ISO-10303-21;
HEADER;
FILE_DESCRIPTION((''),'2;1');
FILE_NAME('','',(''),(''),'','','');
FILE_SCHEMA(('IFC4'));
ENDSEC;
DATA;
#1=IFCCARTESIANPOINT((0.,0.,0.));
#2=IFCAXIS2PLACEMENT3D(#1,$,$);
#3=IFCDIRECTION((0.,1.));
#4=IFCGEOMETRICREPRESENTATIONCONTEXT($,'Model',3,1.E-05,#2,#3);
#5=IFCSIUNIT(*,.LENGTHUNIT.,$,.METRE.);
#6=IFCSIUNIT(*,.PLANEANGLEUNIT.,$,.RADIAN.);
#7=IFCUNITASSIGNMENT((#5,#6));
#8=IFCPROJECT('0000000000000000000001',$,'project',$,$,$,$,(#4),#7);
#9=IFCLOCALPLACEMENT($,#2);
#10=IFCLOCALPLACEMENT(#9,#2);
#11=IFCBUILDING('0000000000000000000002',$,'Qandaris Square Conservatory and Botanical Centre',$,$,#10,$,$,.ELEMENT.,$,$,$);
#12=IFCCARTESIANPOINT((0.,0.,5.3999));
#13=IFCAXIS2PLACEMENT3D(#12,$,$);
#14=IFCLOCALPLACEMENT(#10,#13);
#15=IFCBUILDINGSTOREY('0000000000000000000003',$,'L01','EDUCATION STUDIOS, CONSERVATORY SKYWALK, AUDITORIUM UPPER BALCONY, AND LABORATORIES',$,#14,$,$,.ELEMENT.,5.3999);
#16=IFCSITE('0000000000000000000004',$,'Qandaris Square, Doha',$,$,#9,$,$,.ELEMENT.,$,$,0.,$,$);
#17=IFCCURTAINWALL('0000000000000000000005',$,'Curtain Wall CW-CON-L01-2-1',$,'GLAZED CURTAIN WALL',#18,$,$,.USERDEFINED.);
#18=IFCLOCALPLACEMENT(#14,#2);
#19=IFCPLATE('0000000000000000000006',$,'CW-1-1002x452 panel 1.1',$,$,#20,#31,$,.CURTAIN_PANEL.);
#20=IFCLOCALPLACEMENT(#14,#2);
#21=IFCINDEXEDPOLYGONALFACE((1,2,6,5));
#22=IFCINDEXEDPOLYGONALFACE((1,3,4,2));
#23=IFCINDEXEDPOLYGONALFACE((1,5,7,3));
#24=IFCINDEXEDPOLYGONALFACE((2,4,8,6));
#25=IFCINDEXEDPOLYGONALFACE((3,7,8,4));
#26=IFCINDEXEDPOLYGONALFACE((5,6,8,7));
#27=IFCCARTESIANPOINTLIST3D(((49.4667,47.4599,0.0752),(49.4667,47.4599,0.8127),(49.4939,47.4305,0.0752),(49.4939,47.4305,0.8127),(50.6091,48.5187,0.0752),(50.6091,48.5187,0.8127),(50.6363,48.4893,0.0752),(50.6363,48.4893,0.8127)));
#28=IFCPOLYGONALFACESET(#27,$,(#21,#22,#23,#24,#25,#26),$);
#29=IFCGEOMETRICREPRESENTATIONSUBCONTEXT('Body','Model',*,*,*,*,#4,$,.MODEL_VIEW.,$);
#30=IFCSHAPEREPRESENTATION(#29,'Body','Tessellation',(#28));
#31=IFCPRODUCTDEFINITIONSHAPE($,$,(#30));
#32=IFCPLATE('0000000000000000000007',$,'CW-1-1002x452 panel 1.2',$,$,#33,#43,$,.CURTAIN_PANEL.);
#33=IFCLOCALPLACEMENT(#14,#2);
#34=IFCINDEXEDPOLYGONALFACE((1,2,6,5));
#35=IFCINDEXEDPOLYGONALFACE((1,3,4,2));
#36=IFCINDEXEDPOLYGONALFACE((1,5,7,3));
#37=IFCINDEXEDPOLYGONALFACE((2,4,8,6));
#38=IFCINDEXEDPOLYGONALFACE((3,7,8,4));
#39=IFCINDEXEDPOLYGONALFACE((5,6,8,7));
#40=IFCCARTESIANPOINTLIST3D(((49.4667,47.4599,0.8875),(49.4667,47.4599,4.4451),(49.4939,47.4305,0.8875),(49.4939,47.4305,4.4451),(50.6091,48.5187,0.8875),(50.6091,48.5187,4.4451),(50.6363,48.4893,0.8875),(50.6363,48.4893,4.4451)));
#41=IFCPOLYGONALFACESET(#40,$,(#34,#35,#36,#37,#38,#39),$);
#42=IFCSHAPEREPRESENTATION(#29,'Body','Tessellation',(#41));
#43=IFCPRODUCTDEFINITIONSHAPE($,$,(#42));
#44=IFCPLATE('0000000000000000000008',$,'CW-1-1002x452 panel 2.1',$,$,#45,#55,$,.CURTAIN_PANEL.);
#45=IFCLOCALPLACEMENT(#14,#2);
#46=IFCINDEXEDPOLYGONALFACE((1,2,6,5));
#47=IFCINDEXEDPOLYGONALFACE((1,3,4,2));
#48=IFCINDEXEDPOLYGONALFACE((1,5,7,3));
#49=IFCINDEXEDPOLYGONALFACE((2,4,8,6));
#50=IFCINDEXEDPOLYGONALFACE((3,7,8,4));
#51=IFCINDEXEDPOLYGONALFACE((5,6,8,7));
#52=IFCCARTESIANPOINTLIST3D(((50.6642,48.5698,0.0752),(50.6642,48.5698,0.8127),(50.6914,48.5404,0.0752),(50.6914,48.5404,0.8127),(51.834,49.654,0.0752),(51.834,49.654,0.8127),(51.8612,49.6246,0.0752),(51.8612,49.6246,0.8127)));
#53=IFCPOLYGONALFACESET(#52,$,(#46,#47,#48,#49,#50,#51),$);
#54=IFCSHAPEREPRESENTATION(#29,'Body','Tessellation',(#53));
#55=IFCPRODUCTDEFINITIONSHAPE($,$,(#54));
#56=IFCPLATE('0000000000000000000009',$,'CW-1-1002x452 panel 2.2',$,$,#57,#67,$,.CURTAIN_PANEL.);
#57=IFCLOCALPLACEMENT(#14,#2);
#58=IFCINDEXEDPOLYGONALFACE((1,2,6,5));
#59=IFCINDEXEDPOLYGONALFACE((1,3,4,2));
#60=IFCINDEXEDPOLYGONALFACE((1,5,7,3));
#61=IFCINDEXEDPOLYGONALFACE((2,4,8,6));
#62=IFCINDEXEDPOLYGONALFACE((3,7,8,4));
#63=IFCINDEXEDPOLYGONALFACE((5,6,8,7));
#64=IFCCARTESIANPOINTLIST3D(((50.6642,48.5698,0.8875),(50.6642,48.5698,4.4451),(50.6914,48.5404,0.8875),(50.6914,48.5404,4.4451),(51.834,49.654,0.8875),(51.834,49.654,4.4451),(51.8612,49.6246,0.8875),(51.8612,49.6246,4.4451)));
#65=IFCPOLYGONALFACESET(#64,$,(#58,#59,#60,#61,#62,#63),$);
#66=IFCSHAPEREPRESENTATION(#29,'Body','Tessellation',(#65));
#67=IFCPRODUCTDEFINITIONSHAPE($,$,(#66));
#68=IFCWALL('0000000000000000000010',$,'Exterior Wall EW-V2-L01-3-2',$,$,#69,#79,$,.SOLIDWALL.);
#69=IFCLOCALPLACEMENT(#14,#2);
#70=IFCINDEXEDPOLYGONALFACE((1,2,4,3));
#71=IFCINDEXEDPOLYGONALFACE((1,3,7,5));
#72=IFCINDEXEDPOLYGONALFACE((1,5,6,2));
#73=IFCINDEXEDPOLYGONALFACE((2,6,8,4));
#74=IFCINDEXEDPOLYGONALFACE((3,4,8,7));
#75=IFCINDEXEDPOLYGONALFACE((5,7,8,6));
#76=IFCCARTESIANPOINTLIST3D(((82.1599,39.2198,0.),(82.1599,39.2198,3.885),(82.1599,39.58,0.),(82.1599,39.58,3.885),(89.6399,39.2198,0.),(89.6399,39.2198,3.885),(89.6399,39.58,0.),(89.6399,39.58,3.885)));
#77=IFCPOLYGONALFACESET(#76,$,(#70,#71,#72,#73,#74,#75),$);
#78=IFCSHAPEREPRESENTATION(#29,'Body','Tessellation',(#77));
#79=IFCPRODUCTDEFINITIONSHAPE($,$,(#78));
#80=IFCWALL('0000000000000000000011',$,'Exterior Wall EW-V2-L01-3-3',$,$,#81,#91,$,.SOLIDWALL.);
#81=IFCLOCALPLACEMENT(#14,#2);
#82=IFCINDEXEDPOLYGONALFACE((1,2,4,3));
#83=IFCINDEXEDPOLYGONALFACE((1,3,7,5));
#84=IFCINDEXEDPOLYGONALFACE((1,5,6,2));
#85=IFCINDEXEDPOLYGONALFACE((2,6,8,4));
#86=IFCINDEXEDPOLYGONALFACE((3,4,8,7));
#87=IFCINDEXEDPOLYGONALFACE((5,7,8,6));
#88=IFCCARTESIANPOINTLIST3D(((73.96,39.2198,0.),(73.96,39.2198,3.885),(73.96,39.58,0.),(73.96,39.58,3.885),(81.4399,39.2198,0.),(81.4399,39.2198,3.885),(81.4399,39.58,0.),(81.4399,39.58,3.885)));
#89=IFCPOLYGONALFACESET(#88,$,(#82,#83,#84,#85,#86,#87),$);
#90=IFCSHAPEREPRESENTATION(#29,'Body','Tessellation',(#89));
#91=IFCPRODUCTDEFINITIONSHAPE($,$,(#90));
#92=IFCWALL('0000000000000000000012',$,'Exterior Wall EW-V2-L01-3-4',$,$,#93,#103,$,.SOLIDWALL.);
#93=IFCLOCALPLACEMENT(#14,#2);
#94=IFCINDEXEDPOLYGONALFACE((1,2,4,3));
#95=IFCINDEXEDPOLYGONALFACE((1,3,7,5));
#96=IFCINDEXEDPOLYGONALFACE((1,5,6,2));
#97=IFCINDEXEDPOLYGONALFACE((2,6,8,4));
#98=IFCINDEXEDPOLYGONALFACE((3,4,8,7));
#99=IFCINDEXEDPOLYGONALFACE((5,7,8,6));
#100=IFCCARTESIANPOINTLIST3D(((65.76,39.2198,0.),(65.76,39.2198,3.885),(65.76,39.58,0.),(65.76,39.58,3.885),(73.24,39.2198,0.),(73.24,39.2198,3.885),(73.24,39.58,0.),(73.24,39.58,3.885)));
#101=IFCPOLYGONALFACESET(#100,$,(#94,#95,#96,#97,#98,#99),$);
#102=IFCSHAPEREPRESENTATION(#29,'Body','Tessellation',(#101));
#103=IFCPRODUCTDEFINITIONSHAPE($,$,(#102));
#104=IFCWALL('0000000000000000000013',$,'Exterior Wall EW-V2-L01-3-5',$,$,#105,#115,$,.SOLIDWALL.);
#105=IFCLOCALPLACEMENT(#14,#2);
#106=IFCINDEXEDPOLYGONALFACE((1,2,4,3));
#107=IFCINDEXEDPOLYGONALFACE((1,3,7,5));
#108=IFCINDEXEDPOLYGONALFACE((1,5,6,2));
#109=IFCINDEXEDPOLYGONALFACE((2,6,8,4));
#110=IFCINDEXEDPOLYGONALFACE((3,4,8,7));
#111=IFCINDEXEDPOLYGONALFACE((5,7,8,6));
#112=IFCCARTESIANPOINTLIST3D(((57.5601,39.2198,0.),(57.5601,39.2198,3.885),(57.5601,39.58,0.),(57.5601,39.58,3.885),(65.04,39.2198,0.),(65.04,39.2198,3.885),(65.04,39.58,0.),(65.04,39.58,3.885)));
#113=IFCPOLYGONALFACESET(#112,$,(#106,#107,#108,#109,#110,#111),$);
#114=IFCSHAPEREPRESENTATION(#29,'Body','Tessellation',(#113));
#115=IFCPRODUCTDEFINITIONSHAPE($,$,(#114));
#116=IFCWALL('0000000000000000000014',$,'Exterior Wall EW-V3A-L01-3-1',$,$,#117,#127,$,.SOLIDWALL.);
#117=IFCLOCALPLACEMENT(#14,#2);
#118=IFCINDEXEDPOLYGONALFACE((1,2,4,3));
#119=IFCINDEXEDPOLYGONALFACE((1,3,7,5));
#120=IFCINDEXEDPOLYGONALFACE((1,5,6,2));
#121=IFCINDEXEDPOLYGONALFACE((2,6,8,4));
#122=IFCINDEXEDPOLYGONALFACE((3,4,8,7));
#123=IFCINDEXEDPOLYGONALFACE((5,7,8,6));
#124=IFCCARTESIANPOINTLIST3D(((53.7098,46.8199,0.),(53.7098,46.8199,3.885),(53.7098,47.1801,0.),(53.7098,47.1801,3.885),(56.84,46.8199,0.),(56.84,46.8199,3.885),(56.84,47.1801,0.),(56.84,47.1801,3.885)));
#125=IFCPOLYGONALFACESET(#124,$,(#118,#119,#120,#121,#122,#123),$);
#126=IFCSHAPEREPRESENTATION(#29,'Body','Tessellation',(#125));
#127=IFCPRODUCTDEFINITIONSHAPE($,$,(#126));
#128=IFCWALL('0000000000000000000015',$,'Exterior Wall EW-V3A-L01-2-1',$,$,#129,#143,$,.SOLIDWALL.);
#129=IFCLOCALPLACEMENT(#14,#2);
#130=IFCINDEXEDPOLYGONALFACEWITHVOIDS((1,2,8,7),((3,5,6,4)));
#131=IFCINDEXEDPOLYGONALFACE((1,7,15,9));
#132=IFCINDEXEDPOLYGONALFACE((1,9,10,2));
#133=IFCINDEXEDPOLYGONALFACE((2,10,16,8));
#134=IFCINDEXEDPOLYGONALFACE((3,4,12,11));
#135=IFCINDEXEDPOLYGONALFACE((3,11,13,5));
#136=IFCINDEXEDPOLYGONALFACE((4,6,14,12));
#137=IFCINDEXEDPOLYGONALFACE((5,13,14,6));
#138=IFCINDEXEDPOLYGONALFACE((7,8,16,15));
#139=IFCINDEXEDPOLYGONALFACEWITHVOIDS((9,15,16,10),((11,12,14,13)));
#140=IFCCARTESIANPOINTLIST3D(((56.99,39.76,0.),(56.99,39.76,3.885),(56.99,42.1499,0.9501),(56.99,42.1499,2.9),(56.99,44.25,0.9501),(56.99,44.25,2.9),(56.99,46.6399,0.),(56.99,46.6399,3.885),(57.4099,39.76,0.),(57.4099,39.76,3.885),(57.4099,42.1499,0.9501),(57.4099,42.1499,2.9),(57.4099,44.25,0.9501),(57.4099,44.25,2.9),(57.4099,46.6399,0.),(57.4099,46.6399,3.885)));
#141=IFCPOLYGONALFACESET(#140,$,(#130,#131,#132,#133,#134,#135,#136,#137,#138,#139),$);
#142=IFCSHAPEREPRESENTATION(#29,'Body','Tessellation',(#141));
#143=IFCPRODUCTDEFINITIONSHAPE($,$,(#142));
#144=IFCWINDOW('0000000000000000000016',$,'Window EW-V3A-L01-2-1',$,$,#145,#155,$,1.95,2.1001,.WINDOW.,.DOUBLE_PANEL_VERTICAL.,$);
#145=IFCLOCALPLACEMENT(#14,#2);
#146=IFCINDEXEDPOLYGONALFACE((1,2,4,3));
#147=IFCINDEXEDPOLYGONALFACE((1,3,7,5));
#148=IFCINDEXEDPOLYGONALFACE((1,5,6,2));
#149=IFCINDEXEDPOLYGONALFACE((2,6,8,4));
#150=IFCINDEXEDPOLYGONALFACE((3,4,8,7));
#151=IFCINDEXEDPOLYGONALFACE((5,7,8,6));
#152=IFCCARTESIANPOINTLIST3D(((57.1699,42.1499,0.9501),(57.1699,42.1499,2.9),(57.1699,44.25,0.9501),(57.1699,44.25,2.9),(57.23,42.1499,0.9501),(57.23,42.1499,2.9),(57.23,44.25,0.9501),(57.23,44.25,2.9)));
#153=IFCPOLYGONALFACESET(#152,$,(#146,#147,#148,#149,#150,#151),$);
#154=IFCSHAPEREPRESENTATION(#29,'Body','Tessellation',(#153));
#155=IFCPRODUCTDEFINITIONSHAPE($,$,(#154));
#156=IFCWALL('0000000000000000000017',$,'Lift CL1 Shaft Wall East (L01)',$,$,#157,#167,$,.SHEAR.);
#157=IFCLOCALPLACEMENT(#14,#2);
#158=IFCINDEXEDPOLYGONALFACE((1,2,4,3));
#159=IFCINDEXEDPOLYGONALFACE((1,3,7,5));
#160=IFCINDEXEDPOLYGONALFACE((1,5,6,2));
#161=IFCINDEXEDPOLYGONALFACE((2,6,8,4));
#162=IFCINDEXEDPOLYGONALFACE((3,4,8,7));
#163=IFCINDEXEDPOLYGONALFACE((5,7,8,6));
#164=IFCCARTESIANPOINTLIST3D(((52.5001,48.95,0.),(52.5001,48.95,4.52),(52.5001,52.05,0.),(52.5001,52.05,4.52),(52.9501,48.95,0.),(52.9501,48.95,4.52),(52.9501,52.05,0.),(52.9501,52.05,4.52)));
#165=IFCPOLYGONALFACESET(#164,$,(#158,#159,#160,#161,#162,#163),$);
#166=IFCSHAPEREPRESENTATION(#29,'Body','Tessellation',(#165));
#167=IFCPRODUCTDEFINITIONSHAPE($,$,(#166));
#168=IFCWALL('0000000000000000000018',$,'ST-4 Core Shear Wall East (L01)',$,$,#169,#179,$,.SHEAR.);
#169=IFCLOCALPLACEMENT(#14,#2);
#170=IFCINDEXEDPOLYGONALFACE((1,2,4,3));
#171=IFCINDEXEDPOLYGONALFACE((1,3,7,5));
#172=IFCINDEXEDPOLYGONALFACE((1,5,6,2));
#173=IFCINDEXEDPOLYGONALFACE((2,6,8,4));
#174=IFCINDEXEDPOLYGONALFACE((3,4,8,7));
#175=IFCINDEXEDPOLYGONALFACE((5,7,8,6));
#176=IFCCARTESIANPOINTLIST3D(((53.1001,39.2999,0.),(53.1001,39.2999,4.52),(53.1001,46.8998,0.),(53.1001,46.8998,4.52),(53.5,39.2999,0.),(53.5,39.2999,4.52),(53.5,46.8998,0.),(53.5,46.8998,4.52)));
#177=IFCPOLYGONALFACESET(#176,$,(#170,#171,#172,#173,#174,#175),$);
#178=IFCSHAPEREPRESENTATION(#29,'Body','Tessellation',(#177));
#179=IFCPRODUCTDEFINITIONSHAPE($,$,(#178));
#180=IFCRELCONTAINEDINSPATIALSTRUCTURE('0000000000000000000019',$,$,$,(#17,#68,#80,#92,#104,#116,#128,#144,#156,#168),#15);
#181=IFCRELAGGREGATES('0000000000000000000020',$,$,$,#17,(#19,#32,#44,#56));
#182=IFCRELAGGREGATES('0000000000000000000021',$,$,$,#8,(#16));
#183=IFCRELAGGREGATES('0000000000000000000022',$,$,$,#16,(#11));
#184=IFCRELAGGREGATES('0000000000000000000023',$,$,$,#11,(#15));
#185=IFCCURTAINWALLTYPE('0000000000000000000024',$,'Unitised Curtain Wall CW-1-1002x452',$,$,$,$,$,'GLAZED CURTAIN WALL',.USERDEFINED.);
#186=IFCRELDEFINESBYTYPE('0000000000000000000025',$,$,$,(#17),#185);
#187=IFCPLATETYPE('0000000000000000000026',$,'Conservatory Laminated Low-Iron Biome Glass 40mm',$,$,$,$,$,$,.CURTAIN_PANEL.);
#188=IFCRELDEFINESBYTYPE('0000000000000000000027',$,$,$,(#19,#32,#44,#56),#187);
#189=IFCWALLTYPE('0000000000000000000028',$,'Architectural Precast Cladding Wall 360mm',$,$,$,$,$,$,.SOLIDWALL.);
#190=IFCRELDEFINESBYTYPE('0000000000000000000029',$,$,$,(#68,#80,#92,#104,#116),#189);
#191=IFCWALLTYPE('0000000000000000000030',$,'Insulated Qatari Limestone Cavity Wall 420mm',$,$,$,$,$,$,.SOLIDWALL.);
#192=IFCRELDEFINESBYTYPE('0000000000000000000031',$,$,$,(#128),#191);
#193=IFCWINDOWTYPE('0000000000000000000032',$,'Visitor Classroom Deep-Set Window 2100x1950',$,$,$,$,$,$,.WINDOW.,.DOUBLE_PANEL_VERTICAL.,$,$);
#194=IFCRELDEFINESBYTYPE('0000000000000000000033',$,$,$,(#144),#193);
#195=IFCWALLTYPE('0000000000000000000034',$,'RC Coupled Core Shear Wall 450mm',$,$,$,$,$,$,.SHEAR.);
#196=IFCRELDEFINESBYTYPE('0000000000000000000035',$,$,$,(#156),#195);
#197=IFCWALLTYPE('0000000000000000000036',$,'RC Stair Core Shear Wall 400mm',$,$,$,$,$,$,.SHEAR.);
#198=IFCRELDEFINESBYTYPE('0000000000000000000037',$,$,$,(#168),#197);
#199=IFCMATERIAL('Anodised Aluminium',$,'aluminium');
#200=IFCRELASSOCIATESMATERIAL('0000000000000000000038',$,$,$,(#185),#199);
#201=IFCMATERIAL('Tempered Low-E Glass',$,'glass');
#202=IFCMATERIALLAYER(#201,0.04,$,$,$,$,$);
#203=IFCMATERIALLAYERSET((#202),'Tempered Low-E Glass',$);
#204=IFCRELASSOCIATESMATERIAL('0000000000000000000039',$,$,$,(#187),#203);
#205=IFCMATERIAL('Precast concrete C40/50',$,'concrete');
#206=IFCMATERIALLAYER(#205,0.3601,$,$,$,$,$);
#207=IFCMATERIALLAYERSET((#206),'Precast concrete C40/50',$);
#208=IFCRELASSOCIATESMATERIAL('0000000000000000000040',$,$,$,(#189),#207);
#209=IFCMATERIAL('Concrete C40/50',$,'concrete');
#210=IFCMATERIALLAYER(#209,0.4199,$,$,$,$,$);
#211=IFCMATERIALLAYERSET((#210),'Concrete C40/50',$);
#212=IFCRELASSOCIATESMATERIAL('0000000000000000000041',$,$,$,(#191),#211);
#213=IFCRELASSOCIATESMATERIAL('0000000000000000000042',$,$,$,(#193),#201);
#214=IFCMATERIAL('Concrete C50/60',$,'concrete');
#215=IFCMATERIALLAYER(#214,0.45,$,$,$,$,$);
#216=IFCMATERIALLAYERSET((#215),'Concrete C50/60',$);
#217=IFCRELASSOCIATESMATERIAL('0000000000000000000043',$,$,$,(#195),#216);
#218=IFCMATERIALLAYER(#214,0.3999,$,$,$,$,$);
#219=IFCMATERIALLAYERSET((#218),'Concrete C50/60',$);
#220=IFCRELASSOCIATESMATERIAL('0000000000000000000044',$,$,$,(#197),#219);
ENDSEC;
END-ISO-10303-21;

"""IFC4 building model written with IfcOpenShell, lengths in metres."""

from ifc_helpers import new_model, si_unit, direction, frame, frame_2d, origin, origin_2d, place, context, subcontext, project, spatial, rectangle, extrude, material, layer, layer_set, type_object, element, fill, aggregate, save


model = new_model("IFC4")

# Units and contexts
model_context = context("Model", 3, precision=1e-05, world=origin(), true_north=direction((0.0, 1.0)))
body_context = subcontext(model_context, "Body", "Model", "MODEL_VIEW")
ifc_project = project(units=[si_unit("LENGTHUNIT", "METRE"), si_unit("PLANEANGLEUNIT", "RADIAN")], contexts=[model_context])

# Site, building, storey
site_placement = place(None, origin())
site = spatial("IfcSite", under=ifc_project, at=site_placement, Name="Qandaris Square, Doha", CompositionType="ELEMENT", RefElevation=0.0)
building_placement = place(site_placement, origin())
building = spatial("IfcBuilding", under=site, at=building_placement, Name="Qandaris Square Conservatory and Botanical Centre", CompositionType="ELEMENT")
storey_placement = place(building_placement, frame((0.0, 0.0, 5.3999)))
storey = spatial("IfcBuildingStorey", under=building, at=storey_placement, Name="L01", Description="EDUCATION STUDIOS, CONSERVATORY SKYWALK, AUDITORIUM UPPER BALCONY, AND LABORATORIES", CompositionType="ELEMENT", Elevation=5.3999)

# Shared definitions
ifc_material_1 = material(Name="Concrete C40/50", Category="concrete")

# Curtain wall
ifc_material_2 = material(Name="Anodised Aluminium", Category="aluminium")
curtain_wall_type = type_object("IfcCurtainWallType", Name="Unitised Curtain Wall CW-1-1002x452", ElementType="GLAZED CURTAIN WALL", PredefinedType="USERDEFINED", material=ifc_material_2)
curtain_wall_placement = place(storey_placement, origin())
curtain_wall = element("IfcCurtainWall", 1, at=curtain_wall_placement, inside=storey, type_object=curtain_wall_type, Name="Curtain Wall CW-CON-L01-2-1", ObjectType="GLAZED CURTAIN WALL", PredefinedType="USERDEFINED")

# Shared definitions
ifc_material_3 = material(Name="Concrete C50/60", Category="concrete")

# Plates
ifc_material_4 = material(Name="Tempered Low-E Glass", Category="glass")
ifc_layer_1 = layer(ifc_material_4, 0.04)
ifc_layer_set_1 = layer_set([ifc_layer_1], Name="Tempered Low-E Glass")
plate_type = type_object("IfcPlateType", Name="Conservatory Laminated Low-Iron Biome Glass 40mm", PredefinedType="CURTAIN_PANEL", material=ifc_layer_set_1)
plate_1_placement = place(storey_placement, frame((50.0515, 47.9746, 0.0752), z_axis=(0.0, 0.0, 1.0), x_axis=(0.733433, 0.679762, 0.0)))
plate_1 = element("IfcPlate", 2, at=plate_1_placement, type_object=plate_type, Name="CW-1-1002x452 panel 1.1", PredefinedType="CURTAIN_PANEL", context=body_context, shape_type="SweptSolid", body=[
    extrude(rectangle(XDim=1.5576, YDim=0.04, at=origin_2d()), origin(), (0.0, 0.0, 1.0), 0.7375),
])
plate_2_placement = place(storey_placement, frame((50.0515, 47.9746, 0.8875), z_axis=(0.0, 0.0, 1.0), x_axis=(0.733433, 0.679762, 0.0)))
plate_2 = element("IfcPlate", 3, at=plate_2_placement, type_object=plate_type, Name="CW-1-1002x452 panel 1.2", PredefinedType="CURTAIN_PANEL", context=body_context, shape_type="SweptSolid", body=[
    extrude(rectangle(XDim=1.5576, YDim=0.04, at=origin_2d()), origin(), (0.0, 0.0, 1.0), 3.5576),
])
plate_3_placement = place(storey_placement, frame((51.2627, 49.0972, 0.0752), z_axis=(0.0, 0.0, 1.0), x_axis=(0.733433, 0.679762, 0.0)))
plate_3 = element("IfcPlate", 4, at=plate_3_placement, type_object=plate_type, Name="CW-1-1002x452 panel 2.1", PredefinedType="CURTAIN_PANEL", context=body_context, shape_type="SweptSolid", body=[
    extrude(rectangle(XDim=1.595, YDim=0.04, at=origin_2d()), origin(), (0.0, 0.0, 1.0), 0.7375),
])
plate_4_placement = place(storey_placement, frame((51.2627, 49.0972, 0.8875), z_axis=(0.0, 0.0, 1.0), x_axis=(0.733433, 0.679762, 0.0)))
plate_4 = element("IfcPlate", 5, at=plate_4_placement, type_object=plate_type, Name="CW-1-1002x452 panel 2.2", PredefinedType="CURTAIN_PANEL", context=body_context, shape_type="SweptSolid", body=[
    extrude(rectangle(XDim=1.595, YDim=0.04, at=origin_2d()), origin(), (0.0, 0.0, 1.0), 3.5576),
])
aggregate(curtain_wall, [plate_1, plate_2, plate_3, plate_4])

# Walls
ifc_material_5 = material(Name="Precast concrete C40/50", Category="concrete")
ifc_layer_2 = layer(ifc_material_5, 0.3601)
ifc_layer_set_2 = layer_set([ifc_layer_2], Name="Precast concrete C40/50")
wall_type_1 = type_object("IfcWallType", Name="Architectural Precast Cladding Wall 360mm", PredefinedType="SOLIDWALL", material=ifc_layer_set_2)
for number, where, z_axis, x_axis, name in (
    (6, (89.6399, 39.3999, 0.0), (0.0, 0.0, 1.0), (-1.0, 0.0, 0.0), "Exterior Wall EW-V2-L01-3-2"),
    (7, (81.4399, 39.3999, 0.0), (0.0, 0.0, 1.0), (-1.0, 0.0, 0.0), "Exterior Wall EW-V2-L01-3-3"),
    (8, (73.24, 39.3999, 0.0), (0.0, 0.0, 1.0), (-1.0, 0.0, 0.0), "Exterior Wall EW-V2-L01-3-4"),
    (9, (65.04, 39.3999, 0.0), (0.0, 0.0, 1.0), (-1.0, 0.0, 0.0), "Exterior Wall EW-V2-L01-3-5"),
):
    element("IfcWall", number, at=place(storey_placement, frame(where, z_axis=z_axis, x_axis=x_axis)), inside=storey, type_object=wall_type_1, Name=name, PredefinedType="SOLIDWALL", context=body_context, shape_type="SweptSolid", body=[
        extrude(rectangle(XDim=7.48, YDim=0.3601, at=frame_2d((3.74, 0.0))), origin(), (0.0, 0.0, 1.0), 3.885),
    ])
wall_1_placement = place(storey_placement, frame((53.71, 47.0, 0.0), z_axis=(0.0, 0.0, 1.0), x_axis=(1.0, 0.0, 0.0)))
element("IfcWall", 10, at=wall_1_placement, inside=storey, type_object=wall_type_1, Name="Exterior Wall EW-V3A-L01-3-1", PredefinedType="SOLIDWALL", context=body_context, shape_type="SweptSolid", body=[
    extrude(rectangle(XDim=3.1301, YDim=0.3601, at=frame_2d((1.5649, 0.0))), origin(), (0.0, 0.0, 1.0), 3.885),
])

# Wall, opening, window
ifc_layer_3 = layer(ifc_material_1, 0.4199)
ifc_layer_set_3 = layer_set([ifc_layer_3], Name="Concrete C40/50")
wall_type_2 = type_object("IfcWallType", Name="Insulated Qatari Limestone Cavity Wall 420mm", PredefinedType="SOLIDWALL", material=ifc_layer_set_3)
wall_2_placement = place(storey_placement, frame((57.2, 39.76, 0.0), z_axis=(0.0, 0.0, 1.0), x_axis=(0.0, 1.0, 0.0)))
wall_2 = element("IfcWall", 11, at=wall_2_placement, inside=storey, type_object=wall_type_2, Name="Exterior Wall EW-V3A-L01-2-1", PredefinedType="SOLIDWALL", context=body_context, shape_type="SweptSolid", body=[
    extrude(rectangle(XDim=6.8799, YDim=0.4199, at=frame_2d((3.4399, 0.0))), origin(), (0.0, 0.0, 1.0), 3.885),
])
opening_1_placement = place(wall_2_placement, frame((2.3899, 0.0, 0.95)))
opening_1 = element("IfcOpeningElement", 12, at=opening_1_placement, cuts=wall_2, PredefinedType="OPENING", context=body_context, shape_type="SweptSolid", body=[
    extrude(rectangle(XDim=2.1001, YDim=1.95, at=frame_2d((1.05, 0.9751))), frame((0.0, 0.2219, 0.0), z_axis=(0.0, -1.0, 0.0), x_axis=(1.0, 0.0, 0.0)), (0.0, 0.0, 1.0), 0.4438),
])
window_type = type_object("IfcWindowType", Name="Visitor Classroom Deep-Set Window 2100x1950", PartitioningType="DOUBLE_PANEL_VERTICAL", PredefinedType="WINDOW", material=ifc_material_4)
window_placement = place(opening_1_placement, origin())
window = element("IfcWindow", 13, at=window_placement, inside=storey, type_object=window_type, Name="Window EW-V3A-L01-2-1", OverallHeight=1.95, OverallWidth=2.1001, PartitioningType="DOUBLE_PANEL_VERTICAL", PredefinedType="WINDOW", context=body_context, shape_type="SweptSolid", body=[
    extrude(rectangle(XDim=2.1001, YDim=1.95, at=frame_2d((1.05, 0.9751))), frame((0.0, 0.03, 0.0), z_axis=(0.0, -1.0, 0.0), x_axis=(1.0, 0.0, 0.0)), (0.0, 0.0, 1.0), 0.0601),
])
fill(opening_1, window)

# Walls
ifc_layer_4 = layer(ifc_material_3, 0.45)
ifc_layer_set_4 = layer_set([ifc_layer_4], Name="Concrete C50/60")
wall_type_3 = type_object("IfcWallType", Name="RC Coupled Core Shear Wall 450mm", PredefinedType="SHEAR", material=ifc_layer_set_4)
wall_3_placement = place(storey_placement, frame((52.7251, 48.95, 0.0), z_axis=(0.0, 0.0, 1.0), x_axis=(0.0, 1.0, 0.0)))
element("IfcWall", 14, at=wall_3_placement, inside=storey, type_object=wall_type_3, Name="Lift CL1 Shaft Wall East (L01)", PredefinedType="SHEAR", context=body_context, shape_type="SweptSolid", body=[
    extrude(rectangle(XDim=3.1001, YDim=0.45, at=frame_2d((1.55, 0.0))), origin(), (0.0, 0.0, 1.0), 4.52),
])
ifc_layer_5 = layer(ifc_material_3, 0.3999)
ifc_layer_set_5 = layer_set([ifc_layer_5], Name="Concrete C50/60")
wall_type_4 = type_object("IfcWallType", Name="RC Stair Core Shear Wall 400mm", PredefinedType="SHEAR", material=ifc_layer_set_5)
wall_4_placement = place(storey_placement, frame((53.3, 39.3, 0.0), z_axis=(0.0, 0.0, 1.0), x_axis=(0.0, 1.0, 0.0)))
element("IfcWall", 15, at=wall_4_placement, inside=storey, type_object=wall_type_4, Name="ST-4 Core Shear Wall East (L01)", PredefinedType="SHEAR", context=body_context, shape_type="SweptSolid", body=[
    extrude(rectangle(XDim=7.5999, YDim=0.3999, at=frame_2d((3.7998, 0.0))), origin(), (0.0, 0.0, 1.0), 4.52),
])

save(model, "model.ifc")
